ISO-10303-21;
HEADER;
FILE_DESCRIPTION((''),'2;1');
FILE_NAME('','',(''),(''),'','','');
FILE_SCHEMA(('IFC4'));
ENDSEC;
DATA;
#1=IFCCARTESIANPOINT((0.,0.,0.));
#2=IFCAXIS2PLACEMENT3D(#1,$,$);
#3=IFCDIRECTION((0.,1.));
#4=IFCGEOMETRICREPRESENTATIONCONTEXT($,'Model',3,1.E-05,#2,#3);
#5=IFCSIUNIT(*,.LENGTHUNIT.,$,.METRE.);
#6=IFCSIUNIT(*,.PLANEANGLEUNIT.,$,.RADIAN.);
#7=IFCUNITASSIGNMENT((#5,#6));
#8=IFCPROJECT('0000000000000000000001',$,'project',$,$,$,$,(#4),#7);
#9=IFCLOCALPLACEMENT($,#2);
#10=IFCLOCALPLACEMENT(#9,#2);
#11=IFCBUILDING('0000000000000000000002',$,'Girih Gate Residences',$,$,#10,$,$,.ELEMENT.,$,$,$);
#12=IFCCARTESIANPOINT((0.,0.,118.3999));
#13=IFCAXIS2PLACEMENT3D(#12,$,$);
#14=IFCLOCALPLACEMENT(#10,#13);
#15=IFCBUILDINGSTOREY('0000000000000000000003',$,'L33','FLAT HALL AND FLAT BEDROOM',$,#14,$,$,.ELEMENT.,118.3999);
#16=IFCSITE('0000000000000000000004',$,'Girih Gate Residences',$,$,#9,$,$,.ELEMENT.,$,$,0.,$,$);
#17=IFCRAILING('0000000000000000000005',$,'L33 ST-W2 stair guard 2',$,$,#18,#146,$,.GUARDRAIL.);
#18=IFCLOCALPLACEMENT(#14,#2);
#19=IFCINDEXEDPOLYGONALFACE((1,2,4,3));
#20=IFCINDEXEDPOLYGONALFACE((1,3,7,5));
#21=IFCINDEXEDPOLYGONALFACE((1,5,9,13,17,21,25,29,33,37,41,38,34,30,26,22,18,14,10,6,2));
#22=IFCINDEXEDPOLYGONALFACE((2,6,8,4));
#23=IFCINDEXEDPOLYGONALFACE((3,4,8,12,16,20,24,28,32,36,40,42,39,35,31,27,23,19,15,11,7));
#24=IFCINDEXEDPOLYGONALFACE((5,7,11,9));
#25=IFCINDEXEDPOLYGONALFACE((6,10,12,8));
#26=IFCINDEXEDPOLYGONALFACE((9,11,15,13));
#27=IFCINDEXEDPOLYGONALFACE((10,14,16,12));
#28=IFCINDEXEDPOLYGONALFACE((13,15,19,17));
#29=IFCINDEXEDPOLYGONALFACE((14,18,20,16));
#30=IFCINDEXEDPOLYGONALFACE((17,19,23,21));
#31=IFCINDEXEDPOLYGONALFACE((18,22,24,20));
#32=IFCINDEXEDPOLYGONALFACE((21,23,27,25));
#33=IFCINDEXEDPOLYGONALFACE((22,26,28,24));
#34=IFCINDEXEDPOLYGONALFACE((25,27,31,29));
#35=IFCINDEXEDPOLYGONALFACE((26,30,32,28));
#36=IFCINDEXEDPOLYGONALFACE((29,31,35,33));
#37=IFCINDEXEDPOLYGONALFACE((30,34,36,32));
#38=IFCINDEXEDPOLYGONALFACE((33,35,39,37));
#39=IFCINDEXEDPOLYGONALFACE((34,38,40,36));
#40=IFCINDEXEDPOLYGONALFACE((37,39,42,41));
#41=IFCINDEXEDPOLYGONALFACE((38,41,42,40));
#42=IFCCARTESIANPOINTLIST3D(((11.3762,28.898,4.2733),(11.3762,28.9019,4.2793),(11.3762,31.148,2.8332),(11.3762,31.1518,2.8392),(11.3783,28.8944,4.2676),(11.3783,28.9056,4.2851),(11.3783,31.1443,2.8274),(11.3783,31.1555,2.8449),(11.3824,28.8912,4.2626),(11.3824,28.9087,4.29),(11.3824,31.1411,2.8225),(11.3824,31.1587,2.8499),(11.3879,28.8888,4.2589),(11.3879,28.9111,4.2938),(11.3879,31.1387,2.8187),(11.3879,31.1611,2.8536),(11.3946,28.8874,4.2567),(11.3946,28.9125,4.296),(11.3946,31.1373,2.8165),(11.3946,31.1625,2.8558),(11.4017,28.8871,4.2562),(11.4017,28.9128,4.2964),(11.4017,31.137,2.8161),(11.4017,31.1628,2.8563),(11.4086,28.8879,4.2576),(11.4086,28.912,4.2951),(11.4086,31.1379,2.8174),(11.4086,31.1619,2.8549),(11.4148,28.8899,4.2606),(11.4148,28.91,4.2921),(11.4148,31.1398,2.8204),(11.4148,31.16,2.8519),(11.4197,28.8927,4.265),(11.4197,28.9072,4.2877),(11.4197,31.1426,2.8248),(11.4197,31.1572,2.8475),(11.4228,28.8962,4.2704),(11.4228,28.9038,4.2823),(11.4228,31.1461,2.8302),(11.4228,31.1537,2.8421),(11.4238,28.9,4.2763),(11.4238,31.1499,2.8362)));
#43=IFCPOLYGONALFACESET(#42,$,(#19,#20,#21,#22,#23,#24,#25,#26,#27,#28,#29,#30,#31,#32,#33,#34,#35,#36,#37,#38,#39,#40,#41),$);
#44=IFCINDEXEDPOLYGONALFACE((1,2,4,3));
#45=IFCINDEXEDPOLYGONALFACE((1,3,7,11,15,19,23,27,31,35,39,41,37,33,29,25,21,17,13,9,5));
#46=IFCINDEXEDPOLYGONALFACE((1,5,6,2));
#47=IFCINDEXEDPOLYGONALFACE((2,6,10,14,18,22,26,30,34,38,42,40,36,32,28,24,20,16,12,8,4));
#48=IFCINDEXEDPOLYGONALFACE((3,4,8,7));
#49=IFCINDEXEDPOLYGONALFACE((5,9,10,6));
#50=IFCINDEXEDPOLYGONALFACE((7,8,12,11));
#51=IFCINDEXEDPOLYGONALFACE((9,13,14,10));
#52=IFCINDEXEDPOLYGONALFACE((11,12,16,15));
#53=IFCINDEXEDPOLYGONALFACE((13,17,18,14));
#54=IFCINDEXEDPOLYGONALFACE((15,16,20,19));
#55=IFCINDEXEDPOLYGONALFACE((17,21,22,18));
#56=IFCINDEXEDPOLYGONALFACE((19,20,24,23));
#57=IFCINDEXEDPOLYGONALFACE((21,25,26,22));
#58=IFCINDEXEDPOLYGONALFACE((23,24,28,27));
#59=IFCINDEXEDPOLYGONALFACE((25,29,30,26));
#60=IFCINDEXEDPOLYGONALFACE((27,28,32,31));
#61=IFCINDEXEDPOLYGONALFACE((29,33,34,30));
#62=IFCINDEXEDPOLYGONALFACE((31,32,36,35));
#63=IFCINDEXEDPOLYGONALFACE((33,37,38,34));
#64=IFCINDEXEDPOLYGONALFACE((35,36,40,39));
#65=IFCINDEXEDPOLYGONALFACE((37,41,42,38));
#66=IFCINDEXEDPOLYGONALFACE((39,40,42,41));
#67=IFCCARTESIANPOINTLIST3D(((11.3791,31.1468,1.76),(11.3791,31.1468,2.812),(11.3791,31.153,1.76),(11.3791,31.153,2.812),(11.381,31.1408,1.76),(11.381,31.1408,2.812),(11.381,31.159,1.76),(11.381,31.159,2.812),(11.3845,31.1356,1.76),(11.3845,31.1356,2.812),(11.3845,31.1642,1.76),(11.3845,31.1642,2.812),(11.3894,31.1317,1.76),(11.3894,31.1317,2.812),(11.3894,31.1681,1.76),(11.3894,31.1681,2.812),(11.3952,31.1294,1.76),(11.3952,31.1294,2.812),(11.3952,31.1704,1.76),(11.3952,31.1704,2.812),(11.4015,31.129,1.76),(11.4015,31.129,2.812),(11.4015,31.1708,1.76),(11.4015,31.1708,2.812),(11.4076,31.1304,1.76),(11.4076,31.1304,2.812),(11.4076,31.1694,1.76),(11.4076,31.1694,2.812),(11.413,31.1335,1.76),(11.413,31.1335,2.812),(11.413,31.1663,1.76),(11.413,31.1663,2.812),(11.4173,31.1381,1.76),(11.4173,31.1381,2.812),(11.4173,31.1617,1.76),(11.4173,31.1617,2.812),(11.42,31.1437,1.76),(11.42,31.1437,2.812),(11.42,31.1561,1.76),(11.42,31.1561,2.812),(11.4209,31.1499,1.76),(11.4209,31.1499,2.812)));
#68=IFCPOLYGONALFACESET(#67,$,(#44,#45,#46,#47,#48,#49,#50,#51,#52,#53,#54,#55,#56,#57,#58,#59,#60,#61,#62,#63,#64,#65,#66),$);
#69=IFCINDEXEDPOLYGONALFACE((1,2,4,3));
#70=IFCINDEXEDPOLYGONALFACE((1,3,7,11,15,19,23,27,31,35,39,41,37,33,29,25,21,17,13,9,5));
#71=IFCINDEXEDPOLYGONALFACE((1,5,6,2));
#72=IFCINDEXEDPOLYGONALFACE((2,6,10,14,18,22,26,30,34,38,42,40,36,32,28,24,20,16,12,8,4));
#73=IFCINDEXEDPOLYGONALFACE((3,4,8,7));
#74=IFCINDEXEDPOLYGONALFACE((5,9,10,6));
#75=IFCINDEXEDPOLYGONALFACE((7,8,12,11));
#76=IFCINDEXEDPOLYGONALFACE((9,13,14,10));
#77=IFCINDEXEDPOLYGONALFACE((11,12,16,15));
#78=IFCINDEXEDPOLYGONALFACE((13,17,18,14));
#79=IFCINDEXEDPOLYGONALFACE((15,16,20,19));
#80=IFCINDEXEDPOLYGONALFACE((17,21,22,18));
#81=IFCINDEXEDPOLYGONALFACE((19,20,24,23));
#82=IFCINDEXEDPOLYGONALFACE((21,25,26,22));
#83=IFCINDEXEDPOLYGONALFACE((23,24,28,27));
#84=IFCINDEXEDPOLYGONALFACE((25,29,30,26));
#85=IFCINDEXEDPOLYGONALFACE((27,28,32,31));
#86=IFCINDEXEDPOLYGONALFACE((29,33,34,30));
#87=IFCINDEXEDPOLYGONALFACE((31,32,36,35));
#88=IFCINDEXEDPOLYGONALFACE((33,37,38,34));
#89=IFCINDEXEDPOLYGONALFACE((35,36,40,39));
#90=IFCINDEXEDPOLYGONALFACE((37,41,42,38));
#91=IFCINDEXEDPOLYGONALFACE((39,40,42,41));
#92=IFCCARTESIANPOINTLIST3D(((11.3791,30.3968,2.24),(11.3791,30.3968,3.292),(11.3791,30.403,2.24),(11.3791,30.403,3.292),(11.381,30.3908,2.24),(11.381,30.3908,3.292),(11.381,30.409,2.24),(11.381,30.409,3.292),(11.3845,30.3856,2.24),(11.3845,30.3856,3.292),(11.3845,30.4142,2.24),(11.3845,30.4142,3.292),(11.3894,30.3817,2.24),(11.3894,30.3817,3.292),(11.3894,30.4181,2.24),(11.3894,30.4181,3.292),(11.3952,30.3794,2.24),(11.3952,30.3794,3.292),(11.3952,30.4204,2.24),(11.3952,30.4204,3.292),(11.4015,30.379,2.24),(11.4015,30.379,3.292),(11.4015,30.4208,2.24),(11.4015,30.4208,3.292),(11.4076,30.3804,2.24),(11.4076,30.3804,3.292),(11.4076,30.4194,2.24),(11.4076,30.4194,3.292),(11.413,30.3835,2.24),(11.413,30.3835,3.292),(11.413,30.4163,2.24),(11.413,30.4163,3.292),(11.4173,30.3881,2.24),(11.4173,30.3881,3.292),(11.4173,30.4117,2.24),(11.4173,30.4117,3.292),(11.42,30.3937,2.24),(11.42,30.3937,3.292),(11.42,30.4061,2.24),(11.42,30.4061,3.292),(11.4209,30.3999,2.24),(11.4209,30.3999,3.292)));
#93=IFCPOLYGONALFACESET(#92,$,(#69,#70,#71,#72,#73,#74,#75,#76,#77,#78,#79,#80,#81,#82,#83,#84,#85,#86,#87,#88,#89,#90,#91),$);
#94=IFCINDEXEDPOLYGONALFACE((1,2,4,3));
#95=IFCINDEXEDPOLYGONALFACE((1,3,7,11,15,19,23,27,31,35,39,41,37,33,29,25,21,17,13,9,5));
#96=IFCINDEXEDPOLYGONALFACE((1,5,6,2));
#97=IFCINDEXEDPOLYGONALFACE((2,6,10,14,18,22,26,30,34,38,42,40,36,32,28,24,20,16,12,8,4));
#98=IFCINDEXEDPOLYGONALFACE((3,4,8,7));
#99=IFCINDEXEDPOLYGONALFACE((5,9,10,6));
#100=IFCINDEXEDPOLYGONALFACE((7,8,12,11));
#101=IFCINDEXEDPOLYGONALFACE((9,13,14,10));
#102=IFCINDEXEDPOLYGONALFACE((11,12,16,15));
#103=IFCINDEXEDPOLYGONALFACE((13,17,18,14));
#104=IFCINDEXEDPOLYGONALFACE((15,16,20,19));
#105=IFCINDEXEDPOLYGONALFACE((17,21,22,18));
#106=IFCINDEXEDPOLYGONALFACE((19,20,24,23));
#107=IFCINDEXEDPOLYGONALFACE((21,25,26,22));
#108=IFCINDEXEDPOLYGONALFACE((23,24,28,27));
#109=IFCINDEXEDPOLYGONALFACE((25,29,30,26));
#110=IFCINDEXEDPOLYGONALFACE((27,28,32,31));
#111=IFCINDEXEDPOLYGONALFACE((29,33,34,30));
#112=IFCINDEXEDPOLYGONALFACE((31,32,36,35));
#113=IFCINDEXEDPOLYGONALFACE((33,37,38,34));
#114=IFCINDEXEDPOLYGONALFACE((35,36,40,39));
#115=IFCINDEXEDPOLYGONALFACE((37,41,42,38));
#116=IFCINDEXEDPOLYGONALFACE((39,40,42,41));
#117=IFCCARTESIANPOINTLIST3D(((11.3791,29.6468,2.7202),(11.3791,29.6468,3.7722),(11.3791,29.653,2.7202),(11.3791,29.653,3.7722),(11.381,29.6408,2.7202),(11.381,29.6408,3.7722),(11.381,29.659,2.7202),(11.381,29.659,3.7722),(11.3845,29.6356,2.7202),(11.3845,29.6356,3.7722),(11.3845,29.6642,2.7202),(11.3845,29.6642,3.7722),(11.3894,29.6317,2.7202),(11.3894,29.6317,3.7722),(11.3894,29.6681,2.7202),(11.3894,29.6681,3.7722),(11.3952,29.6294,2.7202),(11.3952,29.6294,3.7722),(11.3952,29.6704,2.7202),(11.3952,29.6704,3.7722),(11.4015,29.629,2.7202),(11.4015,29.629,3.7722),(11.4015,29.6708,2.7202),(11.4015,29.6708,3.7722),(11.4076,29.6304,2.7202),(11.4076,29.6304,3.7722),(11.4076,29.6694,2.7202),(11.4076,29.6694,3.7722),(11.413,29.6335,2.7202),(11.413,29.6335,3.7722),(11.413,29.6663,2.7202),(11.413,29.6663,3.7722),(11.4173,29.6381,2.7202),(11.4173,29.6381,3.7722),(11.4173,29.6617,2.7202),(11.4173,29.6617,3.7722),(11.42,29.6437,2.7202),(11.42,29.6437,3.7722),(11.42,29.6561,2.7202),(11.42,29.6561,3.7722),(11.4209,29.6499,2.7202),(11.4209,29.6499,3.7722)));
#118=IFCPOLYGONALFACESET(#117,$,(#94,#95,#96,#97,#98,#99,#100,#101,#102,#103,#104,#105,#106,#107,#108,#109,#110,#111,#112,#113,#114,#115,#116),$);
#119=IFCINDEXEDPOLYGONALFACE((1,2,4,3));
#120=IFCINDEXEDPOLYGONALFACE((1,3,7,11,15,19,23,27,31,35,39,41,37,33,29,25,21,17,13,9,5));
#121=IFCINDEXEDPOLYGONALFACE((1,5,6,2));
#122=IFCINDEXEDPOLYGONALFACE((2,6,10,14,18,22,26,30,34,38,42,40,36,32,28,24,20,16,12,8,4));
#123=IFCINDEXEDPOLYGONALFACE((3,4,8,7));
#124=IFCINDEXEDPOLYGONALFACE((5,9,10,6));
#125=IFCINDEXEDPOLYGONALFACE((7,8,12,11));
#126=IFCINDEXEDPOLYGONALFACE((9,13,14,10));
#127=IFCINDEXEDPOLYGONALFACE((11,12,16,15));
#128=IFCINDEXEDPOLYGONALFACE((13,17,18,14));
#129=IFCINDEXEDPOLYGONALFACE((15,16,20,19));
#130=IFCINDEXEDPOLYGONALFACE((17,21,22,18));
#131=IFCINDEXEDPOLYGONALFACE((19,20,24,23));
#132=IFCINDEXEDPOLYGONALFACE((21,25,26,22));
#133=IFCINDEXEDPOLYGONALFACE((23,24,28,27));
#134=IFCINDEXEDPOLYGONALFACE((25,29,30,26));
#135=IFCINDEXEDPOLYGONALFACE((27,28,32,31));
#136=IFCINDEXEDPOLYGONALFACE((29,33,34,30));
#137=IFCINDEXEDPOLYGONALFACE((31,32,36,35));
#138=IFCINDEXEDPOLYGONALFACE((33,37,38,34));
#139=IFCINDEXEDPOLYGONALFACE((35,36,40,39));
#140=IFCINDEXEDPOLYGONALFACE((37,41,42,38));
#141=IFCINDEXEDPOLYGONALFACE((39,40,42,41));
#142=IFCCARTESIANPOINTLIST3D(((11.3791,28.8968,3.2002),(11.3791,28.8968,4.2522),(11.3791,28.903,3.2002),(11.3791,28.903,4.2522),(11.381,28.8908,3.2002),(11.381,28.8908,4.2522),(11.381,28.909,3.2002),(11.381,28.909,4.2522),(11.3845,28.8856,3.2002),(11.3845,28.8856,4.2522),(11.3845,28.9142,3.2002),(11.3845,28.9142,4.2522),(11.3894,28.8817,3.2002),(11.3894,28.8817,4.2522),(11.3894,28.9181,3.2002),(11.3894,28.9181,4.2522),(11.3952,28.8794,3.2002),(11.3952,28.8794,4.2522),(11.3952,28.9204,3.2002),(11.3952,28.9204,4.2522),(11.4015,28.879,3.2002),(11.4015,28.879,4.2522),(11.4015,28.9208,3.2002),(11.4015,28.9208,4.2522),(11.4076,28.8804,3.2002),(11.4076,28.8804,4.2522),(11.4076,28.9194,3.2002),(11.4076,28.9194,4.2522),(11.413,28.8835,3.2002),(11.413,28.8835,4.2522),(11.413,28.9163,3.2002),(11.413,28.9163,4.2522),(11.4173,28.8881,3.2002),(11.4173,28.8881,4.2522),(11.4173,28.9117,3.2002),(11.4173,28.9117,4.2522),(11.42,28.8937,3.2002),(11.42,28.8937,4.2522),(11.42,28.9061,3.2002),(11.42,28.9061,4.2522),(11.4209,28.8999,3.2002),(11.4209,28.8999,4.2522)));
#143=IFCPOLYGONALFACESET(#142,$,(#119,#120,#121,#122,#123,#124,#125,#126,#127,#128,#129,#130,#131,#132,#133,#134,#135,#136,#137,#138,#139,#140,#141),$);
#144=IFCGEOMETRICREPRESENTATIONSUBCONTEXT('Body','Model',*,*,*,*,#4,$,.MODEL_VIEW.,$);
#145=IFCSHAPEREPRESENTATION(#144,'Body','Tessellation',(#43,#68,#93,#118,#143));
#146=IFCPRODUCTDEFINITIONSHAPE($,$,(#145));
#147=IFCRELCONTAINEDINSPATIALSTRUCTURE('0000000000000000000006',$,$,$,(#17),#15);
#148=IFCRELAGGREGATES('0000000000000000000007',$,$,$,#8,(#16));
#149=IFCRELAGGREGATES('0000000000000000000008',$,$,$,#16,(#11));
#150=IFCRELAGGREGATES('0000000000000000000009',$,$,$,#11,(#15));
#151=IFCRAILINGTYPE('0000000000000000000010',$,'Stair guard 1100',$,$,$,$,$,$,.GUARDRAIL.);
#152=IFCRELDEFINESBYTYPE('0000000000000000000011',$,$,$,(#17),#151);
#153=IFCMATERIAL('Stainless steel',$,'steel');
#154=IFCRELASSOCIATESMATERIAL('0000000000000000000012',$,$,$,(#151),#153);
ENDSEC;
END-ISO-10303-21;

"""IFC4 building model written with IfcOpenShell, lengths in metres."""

from ifc_helpers import new_model, si_unit, direction, frame, origin, origin_2d, place, context, subcontext, project, spatial, circle, extrude, material, type_object, element, save


model = new_model("IFC4")

# Units and contexts
model_context = context("Model", 3, precision=1e-05, world=origin(), true_north=direction((0.0, 1.0)))
body_context = subcontext(model_context, "Body", "Model", "MODEL_VIEW")
ifc_project = project(units=[si_unit("LENGTHUNIT", "METRE"), si_unit("PLANEANGLEUNIT", "RADIAN")], contexts=[model_context])

# Site, building, storey
site_placement = place(None, origin())
site = spatial("IfcSite", under=ifc_project, at=site_placement, Name="Girih Gate Residences", CompositionType="ELEMENT", RefElevation=0.0)
building_placement = place(site_placement, origin())
building = spatial("IfcBuilding", under=site, at=building_placement, Name="Girih Gate Residences", CompositionType="ELEMENT")
storey_placement = place(building_placement, frame((0.0, 0.0, 118.3999)))
storey = spatial("IfcBuildingStorey", under=building, at=storey_placement, Name="L33", Description="FLAT HALL AND FLAT BEDROOM", CompositionType="ELEMENT", Elevation=118.3999)

# Railing
ifc_material_1 = material(Name="Stainless steel", Category="steel")
railing_type_1 = type_object("IfcRailingType", Name="Stair guard 1100", PredefinedType="GUARDRAIL", material=ifc_material_1)
railing_1_placement = place(storey_placement, frame((11.3999, 31.1499, 1.76)))
element("IfcRailing", 1, at=railing_1_placement, inside=storey, type_object=railing_type_1, Name="L33 ST-W2 stair guard 2", PredefinedType="GUARDRAIL", context=body_context, shape_type="SweptSolid", body=[
    extrude(circle(Radius=0.0239, at=origin_2d()), frame((0.0, 0.0, 1.0762), z_axis=(0.0, -0.84224, 0.539103), x_axis=(1.0, 0.0, 0.0)), (0.0, 0.0, 1.0), 2.6714),
    extrude(circle(Radius=0.021, at=origin_2d()), origin(), (0.0, 0.0, 1.0), 1.052),
    extrude(circle(Radius=0.021, at=origin_2d()), frame((0.0, -0.75, 0.48)), (0.0, 0.0, 1.0), 1.052),
    extrude(circle(Radius=0.021, at=origin_2d()), frame((0.0, -1.5, 0.9602)), (0.0, 0.0, 1.0), 1.052),
    extrude(circle(Radius=0.021, at=origin_2d()), frame((0.0, -2.25, 1.4402)), (0.0, 0.0, 1.0), 1.052),
])

save(model, "model.ifc")
